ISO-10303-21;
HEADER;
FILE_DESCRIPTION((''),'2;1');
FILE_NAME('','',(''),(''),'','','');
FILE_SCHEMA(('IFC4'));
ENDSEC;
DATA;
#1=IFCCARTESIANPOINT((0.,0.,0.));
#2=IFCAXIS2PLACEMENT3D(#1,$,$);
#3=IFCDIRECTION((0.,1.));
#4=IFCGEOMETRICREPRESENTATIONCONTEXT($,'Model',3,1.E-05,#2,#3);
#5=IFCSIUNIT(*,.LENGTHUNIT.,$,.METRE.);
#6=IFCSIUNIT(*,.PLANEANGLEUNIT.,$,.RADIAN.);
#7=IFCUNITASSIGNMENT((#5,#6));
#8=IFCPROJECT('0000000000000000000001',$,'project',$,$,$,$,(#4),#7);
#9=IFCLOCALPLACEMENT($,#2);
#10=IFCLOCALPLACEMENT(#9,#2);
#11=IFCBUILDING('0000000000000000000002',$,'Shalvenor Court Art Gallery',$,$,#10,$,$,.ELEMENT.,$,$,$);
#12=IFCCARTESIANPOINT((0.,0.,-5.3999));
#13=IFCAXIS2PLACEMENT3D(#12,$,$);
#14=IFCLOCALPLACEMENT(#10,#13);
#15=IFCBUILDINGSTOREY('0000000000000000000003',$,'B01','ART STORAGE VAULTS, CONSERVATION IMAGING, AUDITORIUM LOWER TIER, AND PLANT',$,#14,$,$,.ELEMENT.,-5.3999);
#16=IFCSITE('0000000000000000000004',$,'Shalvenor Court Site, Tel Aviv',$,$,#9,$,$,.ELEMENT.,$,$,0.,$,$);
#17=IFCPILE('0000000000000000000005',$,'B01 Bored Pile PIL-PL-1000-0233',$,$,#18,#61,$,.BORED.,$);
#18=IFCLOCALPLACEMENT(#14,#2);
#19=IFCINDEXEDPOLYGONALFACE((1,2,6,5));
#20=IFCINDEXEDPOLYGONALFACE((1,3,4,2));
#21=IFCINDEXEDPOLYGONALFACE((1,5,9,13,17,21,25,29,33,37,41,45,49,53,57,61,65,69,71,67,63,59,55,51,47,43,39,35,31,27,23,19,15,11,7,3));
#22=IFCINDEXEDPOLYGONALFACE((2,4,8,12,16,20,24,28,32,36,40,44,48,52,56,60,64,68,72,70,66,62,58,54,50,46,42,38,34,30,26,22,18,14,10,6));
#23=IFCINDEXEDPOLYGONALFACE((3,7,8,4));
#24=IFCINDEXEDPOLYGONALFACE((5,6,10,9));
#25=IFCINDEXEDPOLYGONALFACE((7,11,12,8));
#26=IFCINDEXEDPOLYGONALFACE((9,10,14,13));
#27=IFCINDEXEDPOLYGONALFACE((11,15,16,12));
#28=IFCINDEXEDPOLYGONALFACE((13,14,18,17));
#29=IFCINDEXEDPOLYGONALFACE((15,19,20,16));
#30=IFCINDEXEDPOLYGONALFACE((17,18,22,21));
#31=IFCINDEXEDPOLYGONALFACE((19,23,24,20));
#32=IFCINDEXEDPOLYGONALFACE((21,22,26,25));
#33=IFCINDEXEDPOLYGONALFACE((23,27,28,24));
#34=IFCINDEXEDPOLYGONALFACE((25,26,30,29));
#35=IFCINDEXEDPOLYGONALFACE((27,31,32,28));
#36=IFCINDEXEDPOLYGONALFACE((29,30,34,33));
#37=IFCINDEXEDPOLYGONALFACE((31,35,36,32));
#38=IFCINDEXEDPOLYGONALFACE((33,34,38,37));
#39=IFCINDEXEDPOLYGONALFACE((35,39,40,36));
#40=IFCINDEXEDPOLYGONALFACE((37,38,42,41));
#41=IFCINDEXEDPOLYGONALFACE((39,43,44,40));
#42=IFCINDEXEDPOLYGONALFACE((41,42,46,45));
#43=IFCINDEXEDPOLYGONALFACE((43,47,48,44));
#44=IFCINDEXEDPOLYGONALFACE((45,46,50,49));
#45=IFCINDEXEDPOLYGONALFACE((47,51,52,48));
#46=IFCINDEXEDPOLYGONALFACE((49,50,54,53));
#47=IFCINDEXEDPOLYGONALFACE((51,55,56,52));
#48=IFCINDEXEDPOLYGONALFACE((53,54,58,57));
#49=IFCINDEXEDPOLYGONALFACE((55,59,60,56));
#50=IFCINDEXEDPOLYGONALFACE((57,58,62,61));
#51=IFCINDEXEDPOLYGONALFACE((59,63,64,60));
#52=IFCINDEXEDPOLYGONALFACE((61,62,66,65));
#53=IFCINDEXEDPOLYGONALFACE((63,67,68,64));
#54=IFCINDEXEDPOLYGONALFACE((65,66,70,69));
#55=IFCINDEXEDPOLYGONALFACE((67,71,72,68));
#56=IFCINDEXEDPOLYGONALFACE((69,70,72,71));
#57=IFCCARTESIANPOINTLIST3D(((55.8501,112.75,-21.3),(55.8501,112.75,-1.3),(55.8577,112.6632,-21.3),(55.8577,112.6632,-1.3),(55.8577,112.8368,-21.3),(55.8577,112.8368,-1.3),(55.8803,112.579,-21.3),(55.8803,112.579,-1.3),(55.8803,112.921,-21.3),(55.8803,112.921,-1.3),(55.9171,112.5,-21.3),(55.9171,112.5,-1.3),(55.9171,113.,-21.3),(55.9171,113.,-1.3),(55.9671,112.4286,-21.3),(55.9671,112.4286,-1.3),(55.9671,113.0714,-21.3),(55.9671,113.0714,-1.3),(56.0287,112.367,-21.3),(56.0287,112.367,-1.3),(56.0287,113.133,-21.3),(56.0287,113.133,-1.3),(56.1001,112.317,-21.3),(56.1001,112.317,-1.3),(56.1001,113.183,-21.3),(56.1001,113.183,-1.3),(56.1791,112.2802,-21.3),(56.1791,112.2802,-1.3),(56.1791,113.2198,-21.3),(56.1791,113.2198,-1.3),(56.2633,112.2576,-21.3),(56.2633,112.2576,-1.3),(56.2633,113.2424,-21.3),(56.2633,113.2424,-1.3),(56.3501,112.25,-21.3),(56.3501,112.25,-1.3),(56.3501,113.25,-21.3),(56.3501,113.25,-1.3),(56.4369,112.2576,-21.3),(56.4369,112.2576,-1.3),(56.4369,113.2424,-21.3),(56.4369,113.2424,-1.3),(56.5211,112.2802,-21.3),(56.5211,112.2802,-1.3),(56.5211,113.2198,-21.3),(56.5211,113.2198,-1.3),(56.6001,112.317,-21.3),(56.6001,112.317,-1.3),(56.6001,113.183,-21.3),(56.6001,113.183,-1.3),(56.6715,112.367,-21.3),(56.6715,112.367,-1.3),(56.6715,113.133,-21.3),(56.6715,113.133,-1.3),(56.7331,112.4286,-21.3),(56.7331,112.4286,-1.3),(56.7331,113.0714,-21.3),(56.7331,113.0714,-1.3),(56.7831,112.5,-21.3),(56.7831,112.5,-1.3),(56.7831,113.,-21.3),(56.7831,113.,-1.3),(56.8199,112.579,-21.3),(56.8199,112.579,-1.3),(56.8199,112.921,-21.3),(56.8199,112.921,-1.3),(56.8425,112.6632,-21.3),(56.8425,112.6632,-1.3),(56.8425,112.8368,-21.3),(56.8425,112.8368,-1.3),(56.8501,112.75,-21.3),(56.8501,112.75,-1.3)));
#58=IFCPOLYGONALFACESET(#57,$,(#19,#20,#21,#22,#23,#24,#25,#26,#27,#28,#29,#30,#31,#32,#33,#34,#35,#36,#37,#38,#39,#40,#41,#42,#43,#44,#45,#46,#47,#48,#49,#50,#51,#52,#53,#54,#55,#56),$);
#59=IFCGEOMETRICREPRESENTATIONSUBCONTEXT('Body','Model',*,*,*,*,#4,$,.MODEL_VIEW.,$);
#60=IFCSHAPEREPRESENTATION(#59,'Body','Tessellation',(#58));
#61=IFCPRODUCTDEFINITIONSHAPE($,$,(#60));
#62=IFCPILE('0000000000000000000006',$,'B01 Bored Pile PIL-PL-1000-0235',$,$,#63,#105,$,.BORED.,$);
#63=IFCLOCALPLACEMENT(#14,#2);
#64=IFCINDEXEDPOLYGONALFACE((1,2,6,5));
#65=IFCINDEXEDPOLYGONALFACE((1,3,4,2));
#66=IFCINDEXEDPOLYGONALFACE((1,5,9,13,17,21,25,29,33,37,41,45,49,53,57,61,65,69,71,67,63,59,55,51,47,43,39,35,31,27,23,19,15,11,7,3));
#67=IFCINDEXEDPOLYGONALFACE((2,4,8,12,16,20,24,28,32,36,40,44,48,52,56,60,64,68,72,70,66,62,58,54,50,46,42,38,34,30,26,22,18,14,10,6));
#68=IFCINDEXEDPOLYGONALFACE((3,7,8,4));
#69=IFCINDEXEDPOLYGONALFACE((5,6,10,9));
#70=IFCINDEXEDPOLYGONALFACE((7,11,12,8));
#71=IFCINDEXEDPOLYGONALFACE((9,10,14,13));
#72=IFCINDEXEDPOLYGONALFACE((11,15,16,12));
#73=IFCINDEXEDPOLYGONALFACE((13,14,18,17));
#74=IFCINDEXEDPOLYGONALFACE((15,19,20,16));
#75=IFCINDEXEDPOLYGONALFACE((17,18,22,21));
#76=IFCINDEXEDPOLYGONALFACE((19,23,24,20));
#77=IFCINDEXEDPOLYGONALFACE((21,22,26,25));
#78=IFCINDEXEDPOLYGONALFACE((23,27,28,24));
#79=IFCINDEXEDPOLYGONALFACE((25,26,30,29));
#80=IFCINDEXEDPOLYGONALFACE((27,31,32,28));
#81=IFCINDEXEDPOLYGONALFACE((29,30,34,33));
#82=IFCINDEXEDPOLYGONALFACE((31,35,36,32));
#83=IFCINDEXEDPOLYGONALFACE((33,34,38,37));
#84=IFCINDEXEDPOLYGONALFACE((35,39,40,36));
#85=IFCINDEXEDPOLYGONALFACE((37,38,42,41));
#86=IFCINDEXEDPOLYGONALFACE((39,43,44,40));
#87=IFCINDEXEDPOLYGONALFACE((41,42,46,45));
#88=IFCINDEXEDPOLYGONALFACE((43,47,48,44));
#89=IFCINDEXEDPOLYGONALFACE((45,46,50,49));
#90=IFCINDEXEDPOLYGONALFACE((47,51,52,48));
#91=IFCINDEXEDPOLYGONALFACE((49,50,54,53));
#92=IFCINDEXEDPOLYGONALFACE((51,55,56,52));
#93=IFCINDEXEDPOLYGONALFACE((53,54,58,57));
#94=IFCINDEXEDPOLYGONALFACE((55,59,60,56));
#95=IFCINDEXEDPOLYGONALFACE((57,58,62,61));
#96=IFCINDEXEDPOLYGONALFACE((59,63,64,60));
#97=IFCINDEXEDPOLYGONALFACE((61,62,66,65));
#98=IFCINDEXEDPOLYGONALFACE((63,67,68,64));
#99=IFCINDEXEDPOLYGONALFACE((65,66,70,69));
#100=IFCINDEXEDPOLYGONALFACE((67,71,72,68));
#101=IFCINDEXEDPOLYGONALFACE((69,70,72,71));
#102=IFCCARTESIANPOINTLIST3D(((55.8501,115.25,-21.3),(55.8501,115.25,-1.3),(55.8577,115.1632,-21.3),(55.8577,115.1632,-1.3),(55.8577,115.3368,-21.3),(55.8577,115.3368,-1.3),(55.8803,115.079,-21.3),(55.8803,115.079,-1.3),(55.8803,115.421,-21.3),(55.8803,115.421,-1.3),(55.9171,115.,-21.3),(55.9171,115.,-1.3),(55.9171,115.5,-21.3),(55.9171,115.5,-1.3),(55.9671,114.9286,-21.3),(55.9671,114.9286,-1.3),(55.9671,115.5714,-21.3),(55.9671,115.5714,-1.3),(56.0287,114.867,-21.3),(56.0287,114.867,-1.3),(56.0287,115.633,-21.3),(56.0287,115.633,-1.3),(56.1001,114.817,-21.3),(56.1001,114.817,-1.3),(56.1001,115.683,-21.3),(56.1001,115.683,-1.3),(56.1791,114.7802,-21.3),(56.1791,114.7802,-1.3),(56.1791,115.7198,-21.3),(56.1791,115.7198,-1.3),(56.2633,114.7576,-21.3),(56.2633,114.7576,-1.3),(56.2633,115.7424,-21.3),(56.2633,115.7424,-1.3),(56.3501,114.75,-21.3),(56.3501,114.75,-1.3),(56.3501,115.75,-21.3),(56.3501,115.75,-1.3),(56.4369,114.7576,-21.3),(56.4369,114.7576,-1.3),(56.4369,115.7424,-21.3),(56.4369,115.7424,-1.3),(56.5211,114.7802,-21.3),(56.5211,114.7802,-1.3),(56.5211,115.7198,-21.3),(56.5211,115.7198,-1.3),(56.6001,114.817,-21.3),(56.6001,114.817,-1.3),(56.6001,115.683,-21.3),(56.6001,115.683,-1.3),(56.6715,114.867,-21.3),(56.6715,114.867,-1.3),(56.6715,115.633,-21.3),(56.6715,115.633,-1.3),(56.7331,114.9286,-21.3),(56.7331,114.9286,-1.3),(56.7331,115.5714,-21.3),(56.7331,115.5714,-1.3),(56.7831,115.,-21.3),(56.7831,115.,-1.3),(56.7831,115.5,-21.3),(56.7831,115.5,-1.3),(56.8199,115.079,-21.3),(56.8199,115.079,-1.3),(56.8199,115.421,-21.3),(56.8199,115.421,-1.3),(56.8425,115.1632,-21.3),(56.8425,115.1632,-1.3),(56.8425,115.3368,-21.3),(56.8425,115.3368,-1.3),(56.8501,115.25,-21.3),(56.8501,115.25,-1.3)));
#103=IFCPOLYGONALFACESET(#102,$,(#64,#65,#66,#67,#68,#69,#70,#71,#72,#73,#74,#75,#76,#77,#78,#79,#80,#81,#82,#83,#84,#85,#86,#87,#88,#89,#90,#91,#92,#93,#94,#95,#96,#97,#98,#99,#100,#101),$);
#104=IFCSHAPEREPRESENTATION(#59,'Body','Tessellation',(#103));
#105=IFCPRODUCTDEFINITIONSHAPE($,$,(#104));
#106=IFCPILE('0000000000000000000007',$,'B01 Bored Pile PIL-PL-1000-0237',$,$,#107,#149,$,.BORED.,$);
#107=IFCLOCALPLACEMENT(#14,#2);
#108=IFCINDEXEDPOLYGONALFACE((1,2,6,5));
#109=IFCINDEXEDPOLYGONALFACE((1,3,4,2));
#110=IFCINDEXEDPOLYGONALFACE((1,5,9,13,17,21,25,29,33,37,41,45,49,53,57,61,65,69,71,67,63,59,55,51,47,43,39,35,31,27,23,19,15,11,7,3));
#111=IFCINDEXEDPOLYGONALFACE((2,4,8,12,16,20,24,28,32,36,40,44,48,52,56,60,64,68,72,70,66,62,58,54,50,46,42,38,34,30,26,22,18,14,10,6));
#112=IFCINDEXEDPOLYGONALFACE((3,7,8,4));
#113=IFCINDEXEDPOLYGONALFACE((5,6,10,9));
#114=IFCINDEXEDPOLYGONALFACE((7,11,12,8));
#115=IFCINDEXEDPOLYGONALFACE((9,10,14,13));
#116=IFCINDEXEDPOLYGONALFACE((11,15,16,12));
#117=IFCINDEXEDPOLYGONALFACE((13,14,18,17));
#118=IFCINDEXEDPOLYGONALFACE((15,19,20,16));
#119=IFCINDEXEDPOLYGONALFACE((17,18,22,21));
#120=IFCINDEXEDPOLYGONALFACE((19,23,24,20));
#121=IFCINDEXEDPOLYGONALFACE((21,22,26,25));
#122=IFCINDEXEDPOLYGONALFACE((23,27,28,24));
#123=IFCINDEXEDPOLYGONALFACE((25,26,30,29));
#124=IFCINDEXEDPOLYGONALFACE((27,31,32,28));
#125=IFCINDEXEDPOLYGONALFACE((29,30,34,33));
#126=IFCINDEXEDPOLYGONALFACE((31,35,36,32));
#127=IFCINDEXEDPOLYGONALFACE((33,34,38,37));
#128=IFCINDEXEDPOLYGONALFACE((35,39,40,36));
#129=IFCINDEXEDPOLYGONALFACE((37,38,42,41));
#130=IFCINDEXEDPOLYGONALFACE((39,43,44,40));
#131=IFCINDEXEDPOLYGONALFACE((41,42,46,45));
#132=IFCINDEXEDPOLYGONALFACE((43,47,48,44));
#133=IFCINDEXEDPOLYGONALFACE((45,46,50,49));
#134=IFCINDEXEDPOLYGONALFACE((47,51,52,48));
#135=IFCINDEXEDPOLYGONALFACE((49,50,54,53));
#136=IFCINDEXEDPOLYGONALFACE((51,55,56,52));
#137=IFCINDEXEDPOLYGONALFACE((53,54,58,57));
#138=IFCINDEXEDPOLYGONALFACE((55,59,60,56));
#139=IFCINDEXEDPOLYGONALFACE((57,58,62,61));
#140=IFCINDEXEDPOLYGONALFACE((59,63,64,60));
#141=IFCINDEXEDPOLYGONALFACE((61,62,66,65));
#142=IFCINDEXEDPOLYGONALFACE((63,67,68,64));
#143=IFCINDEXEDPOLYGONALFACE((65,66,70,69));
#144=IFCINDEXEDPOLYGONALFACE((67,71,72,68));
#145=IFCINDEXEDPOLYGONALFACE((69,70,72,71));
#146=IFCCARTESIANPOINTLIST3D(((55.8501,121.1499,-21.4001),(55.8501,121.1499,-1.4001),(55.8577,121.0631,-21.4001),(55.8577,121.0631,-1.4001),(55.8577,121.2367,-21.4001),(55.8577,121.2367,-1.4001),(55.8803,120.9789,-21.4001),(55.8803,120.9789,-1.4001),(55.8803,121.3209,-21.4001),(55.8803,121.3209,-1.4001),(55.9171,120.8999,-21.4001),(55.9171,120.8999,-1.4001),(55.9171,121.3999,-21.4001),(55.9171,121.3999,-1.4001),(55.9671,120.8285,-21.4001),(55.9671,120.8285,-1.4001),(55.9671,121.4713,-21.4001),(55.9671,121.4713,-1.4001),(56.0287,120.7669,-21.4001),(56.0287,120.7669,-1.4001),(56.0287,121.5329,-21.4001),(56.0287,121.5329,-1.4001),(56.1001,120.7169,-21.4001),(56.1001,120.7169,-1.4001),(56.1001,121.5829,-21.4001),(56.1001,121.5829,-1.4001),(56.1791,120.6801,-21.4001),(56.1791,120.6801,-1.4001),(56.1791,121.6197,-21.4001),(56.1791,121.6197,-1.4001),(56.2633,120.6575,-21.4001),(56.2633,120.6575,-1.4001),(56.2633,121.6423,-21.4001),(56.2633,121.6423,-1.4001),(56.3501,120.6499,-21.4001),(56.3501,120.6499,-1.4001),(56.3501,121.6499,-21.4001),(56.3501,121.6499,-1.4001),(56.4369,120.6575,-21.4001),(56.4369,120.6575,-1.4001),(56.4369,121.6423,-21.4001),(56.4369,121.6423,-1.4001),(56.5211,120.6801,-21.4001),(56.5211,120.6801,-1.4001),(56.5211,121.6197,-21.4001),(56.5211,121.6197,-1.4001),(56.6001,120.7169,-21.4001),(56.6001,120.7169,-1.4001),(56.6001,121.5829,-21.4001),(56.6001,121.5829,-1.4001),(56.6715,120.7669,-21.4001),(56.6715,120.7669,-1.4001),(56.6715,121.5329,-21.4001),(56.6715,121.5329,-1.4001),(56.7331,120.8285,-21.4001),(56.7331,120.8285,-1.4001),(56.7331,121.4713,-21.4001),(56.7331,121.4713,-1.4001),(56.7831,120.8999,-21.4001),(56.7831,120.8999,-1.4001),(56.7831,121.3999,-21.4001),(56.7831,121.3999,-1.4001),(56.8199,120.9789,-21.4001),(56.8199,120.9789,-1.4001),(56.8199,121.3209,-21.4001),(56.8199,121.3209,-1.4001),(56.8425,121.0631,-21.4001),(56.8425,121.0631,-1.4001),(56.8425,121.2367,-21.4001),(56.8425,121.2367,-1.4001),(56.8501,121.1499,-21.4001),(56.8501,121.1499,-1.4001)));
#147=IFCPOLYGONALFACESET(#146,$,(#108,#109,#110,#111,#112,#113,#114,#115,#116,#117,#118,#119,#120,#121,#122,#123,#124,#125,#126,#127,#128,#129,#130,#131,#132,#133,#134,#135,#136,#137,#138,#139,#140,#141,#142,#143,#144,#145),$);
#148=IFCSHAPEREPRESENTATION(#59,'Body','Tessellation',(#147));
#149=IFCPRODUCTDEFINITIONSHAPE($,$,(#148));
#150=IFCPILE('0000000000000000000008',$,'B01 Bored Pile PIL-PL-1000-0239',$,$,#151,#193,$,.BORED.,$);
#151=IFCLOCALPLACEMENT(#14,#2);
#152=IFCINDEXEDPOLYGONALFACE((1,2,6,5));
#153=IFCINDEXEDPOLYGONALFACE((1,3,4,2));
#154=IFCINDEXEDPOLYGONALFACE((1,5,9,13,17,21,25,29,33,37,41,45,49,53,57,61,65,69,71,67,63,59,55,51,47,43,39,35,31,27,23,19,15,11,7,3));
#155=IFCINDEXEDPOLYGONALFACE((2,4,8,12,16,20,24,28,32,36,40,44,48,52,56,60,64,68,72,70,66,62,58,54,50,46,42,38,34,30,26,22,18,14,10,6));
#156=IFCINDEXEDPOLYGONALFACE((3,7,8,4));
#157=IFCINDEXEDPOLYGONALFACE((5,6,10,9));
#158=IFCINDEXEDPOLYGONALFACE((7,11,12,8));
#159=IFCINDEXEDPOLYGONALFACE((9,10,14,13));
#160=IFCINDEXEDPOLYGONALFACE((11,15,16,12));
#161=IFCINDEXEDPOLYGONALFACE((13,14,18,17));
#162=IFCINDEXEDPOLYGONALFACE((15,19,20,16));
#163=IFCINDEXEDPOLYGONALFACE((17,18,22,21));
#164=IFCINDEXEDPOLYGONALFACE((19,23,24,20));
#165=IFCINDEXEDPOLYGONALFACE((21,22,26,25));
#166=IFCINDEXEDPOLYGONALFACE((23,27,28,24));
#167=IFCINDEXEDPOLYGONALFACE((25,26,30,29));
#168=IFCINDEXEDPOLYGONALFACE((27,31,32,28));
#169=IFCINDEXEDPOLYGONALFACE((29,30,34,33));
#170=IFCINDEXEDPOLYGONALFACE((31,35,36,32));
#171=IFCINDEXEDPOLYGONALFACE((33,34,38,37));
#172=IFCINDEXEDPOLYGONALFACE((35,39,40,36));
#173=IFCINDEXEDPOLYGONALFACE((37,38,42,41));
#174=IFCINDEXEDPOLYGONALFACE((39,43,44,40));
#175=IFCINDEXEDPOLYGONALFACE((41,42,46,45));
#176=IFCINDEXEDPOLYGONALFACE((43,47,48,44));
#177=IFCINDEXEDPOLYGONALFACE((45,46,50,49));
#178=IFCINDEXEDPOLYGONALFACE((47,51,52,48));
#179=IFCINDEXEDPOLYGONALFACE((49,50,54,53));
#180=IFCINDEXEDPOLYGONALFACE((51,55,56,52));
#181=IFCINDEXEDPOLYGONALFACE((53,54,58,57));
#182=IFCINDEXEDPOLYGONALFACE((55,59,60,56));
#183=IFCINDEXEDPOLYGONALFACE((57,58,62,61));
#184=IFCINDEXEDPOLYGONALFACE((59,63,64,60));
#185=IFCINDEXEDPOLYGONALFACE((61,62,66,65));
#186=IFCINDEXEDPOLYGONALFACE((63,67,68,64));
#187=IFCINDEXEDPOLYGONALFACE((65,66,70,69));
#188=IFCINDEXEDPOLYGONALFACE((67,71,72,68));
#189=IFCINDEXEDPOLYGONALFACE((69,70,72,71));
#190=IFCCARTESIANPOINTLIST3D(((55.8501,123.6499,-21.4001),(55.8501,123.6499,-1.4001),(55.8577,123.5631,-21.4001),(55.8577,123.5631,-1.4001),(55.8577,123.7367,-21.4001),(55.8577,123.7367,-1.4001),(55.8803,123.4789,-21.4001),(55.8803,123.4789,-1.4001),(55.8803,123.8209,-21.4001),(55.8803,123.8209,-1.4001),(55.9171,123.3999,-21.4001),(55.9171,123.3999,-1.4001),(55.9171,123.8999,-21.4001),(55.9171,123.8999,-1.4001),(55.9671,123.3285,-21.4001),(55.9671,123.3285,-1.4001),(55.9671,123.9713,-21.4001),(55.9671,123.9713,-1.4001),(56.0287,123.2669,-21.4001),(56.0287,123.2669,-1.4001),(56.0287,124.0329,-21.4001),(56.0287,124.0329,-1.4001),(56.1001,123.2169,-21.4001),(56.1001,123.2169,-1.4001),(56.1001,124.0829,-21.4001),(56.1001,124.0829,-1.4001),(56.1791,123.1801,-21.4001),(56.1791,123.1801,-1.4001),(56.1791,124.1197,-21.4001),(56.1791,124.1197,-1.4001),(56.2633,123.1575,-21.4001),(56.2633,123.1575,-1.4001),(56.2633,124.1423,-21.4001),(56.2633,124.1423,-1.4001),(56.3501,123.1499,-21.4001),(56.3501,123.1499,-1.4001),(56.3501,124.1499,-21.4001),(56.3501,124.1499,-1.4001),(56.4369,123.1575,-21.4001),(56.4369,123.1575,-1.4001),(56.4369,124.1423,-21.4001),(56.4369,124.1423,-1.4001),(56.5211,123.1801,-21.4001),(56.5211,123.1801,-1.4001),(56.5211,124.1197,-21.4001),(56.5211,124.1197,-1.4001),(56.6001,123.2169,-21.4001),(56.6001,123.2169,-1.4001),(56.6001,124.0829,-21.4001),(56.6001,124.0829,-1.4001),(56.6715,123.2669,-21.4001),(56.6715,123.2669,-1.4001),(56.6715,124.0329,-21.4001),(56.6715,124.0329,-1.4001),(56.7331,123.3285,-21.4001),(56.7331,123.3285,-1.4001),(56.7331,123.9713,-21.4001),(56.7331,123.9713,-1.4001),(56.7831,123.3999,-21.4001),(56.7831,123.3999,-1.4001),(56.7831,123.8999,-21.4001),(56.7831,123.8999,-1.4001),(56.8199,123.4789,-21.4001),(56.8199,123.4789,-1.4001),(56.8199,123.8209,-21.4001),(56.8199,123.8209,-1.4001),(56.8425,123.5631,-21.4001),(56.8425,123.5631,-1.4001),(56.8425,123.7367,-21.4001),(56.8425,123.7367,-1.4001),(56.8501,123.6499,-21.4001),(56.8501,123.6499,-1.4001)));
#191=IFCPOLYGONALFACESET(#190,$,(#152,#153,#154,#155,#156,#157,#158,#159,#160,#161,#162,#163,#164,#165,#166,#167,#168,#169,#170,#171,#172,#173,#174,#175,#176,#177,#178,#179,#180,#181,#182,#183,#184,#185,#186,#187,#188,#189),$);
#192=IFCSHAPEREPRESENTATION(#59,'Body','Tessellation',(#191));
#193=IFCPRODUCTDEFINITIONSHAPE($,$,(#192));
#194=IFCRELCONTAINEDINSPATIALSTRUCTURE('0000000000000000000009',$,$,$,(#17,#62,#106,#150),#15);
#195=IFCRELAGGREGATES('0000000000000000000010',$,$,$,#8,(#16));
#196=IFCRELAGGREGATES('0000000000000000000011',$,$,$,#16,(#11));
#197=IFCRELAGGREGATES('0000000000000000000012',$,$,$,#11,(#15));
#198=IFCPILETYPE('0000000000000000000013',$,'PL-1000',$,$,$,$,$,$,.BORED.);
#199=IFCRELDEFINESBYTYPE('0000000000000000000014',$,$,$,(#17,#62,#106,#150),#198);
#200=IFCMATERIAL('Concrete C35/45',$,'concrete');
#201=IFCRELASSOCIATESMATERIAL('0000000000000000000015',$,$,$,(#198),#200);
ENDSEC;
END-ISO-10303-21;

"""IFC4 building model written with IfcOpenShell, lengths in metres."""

from ifc_helpers import new_model, si_unit, direction, frame, origin, origin_2d, place, context, subcontext, project, spatial, circle, extrude, material, material_profile, profile_set, type_object, element, save


model = new_model("IFC4")

# Units and contexts
model_context = context("Model", 3, precision=1e-05, world=origin(), true_north=direction((0.0, 1.0)))
body_context = subcontext(model_context, "Body", "Model", "MODEL_VIEW")
ifc_project = project(units=[si_unit("LENGTHUNIT", "METRE"), si_unit("PLANEANGLEUNIT", "RADIAN")], contexts=[model_context])

# Site, building, storey
site_placement = place(None, origin())
site = spatial("IfcSite", under=ifc_project, at=site_placement, Name="Shalvenor Court Site, Tel Aviv", CompositionType="ELEMENT", RefElevation=0.0)
building_placement = place(site_placement, origin())
building = spatial("IfcBuilding", under=site, at=building_placement, Name="Shalvenor Court Art Gallery", CompositionType="ELEMENT")
storey_placement = place(building_placement, frame((0.0, 0.0, -5.3999)))
storey = spatial("IfcBuildingStorey", under=building, at=storey_placement, Name="B01", Description="ART STORAGE VAULTS, CONSERVATION IMAGING, AUDITORIUM LOWER TIER, AND PLANT", CompositionType="ELEMENT", Elevation=-5.3999)

# Piles
ifc_material_1 = material(Name="Concrete C35/45", Category="concrete")
ifc_material_profile_1 = material_profile(ifc_material_1, circle(Radius=0.5, at=origin_2d()), Name="PILE 1000")
ifc_profile_set_1 = profile_set([ifc_material_profile_1], Name="Concrete C35/45")
pile_type_1 = type_object("IfcPileType", Name="PL-1000", PredefinedType="BORED", material=ifc_profile_set_1)
for number, where, z_axis, x_axis, name in (
    (1, (56.3501, 112.75, -1.3), (0.0, 0.0, -1.0), (1.0, 0.0, 0.0), "B01 Bored Pile PIL-PL-1000-0233"),
    (2, (56.3501, 115.25, -1.3), (0.0, 0.0, -1.0), (1.0, 0.0, 0.0), "B01 Bored Pile PIL-PL-1000-0235"),
    (3, (56.3501, 121.1499, -1.4001), (0.0, 0.0, -1.0), (1.0, 0.0, 0.0), "B01 Bored Pile PIL-PL-1000-0237"),
    (4, (56.3501, 123.6499, -1.4001), (0.0, 0.0, -1.0), (1.0, 0.0, 0.0), "B01 Bored Pile PIL-PL-1000-0239"),
):
    element("IfcPile", number, at=place(storey_placement, frame(where, z_axis=z_axis, x_axis=x_axis)), inside=storey, type_object=pile_type_1, Name=name, PredefinedType="BORED", context=body_context, shape_type="SweptSolid", body=[
        extrude(circle(Radius=0.5, at=origin_2d()), origin(), (0.0, 0.0, 1.0), 20.0),
    ])

save(model, "model.ifc")
